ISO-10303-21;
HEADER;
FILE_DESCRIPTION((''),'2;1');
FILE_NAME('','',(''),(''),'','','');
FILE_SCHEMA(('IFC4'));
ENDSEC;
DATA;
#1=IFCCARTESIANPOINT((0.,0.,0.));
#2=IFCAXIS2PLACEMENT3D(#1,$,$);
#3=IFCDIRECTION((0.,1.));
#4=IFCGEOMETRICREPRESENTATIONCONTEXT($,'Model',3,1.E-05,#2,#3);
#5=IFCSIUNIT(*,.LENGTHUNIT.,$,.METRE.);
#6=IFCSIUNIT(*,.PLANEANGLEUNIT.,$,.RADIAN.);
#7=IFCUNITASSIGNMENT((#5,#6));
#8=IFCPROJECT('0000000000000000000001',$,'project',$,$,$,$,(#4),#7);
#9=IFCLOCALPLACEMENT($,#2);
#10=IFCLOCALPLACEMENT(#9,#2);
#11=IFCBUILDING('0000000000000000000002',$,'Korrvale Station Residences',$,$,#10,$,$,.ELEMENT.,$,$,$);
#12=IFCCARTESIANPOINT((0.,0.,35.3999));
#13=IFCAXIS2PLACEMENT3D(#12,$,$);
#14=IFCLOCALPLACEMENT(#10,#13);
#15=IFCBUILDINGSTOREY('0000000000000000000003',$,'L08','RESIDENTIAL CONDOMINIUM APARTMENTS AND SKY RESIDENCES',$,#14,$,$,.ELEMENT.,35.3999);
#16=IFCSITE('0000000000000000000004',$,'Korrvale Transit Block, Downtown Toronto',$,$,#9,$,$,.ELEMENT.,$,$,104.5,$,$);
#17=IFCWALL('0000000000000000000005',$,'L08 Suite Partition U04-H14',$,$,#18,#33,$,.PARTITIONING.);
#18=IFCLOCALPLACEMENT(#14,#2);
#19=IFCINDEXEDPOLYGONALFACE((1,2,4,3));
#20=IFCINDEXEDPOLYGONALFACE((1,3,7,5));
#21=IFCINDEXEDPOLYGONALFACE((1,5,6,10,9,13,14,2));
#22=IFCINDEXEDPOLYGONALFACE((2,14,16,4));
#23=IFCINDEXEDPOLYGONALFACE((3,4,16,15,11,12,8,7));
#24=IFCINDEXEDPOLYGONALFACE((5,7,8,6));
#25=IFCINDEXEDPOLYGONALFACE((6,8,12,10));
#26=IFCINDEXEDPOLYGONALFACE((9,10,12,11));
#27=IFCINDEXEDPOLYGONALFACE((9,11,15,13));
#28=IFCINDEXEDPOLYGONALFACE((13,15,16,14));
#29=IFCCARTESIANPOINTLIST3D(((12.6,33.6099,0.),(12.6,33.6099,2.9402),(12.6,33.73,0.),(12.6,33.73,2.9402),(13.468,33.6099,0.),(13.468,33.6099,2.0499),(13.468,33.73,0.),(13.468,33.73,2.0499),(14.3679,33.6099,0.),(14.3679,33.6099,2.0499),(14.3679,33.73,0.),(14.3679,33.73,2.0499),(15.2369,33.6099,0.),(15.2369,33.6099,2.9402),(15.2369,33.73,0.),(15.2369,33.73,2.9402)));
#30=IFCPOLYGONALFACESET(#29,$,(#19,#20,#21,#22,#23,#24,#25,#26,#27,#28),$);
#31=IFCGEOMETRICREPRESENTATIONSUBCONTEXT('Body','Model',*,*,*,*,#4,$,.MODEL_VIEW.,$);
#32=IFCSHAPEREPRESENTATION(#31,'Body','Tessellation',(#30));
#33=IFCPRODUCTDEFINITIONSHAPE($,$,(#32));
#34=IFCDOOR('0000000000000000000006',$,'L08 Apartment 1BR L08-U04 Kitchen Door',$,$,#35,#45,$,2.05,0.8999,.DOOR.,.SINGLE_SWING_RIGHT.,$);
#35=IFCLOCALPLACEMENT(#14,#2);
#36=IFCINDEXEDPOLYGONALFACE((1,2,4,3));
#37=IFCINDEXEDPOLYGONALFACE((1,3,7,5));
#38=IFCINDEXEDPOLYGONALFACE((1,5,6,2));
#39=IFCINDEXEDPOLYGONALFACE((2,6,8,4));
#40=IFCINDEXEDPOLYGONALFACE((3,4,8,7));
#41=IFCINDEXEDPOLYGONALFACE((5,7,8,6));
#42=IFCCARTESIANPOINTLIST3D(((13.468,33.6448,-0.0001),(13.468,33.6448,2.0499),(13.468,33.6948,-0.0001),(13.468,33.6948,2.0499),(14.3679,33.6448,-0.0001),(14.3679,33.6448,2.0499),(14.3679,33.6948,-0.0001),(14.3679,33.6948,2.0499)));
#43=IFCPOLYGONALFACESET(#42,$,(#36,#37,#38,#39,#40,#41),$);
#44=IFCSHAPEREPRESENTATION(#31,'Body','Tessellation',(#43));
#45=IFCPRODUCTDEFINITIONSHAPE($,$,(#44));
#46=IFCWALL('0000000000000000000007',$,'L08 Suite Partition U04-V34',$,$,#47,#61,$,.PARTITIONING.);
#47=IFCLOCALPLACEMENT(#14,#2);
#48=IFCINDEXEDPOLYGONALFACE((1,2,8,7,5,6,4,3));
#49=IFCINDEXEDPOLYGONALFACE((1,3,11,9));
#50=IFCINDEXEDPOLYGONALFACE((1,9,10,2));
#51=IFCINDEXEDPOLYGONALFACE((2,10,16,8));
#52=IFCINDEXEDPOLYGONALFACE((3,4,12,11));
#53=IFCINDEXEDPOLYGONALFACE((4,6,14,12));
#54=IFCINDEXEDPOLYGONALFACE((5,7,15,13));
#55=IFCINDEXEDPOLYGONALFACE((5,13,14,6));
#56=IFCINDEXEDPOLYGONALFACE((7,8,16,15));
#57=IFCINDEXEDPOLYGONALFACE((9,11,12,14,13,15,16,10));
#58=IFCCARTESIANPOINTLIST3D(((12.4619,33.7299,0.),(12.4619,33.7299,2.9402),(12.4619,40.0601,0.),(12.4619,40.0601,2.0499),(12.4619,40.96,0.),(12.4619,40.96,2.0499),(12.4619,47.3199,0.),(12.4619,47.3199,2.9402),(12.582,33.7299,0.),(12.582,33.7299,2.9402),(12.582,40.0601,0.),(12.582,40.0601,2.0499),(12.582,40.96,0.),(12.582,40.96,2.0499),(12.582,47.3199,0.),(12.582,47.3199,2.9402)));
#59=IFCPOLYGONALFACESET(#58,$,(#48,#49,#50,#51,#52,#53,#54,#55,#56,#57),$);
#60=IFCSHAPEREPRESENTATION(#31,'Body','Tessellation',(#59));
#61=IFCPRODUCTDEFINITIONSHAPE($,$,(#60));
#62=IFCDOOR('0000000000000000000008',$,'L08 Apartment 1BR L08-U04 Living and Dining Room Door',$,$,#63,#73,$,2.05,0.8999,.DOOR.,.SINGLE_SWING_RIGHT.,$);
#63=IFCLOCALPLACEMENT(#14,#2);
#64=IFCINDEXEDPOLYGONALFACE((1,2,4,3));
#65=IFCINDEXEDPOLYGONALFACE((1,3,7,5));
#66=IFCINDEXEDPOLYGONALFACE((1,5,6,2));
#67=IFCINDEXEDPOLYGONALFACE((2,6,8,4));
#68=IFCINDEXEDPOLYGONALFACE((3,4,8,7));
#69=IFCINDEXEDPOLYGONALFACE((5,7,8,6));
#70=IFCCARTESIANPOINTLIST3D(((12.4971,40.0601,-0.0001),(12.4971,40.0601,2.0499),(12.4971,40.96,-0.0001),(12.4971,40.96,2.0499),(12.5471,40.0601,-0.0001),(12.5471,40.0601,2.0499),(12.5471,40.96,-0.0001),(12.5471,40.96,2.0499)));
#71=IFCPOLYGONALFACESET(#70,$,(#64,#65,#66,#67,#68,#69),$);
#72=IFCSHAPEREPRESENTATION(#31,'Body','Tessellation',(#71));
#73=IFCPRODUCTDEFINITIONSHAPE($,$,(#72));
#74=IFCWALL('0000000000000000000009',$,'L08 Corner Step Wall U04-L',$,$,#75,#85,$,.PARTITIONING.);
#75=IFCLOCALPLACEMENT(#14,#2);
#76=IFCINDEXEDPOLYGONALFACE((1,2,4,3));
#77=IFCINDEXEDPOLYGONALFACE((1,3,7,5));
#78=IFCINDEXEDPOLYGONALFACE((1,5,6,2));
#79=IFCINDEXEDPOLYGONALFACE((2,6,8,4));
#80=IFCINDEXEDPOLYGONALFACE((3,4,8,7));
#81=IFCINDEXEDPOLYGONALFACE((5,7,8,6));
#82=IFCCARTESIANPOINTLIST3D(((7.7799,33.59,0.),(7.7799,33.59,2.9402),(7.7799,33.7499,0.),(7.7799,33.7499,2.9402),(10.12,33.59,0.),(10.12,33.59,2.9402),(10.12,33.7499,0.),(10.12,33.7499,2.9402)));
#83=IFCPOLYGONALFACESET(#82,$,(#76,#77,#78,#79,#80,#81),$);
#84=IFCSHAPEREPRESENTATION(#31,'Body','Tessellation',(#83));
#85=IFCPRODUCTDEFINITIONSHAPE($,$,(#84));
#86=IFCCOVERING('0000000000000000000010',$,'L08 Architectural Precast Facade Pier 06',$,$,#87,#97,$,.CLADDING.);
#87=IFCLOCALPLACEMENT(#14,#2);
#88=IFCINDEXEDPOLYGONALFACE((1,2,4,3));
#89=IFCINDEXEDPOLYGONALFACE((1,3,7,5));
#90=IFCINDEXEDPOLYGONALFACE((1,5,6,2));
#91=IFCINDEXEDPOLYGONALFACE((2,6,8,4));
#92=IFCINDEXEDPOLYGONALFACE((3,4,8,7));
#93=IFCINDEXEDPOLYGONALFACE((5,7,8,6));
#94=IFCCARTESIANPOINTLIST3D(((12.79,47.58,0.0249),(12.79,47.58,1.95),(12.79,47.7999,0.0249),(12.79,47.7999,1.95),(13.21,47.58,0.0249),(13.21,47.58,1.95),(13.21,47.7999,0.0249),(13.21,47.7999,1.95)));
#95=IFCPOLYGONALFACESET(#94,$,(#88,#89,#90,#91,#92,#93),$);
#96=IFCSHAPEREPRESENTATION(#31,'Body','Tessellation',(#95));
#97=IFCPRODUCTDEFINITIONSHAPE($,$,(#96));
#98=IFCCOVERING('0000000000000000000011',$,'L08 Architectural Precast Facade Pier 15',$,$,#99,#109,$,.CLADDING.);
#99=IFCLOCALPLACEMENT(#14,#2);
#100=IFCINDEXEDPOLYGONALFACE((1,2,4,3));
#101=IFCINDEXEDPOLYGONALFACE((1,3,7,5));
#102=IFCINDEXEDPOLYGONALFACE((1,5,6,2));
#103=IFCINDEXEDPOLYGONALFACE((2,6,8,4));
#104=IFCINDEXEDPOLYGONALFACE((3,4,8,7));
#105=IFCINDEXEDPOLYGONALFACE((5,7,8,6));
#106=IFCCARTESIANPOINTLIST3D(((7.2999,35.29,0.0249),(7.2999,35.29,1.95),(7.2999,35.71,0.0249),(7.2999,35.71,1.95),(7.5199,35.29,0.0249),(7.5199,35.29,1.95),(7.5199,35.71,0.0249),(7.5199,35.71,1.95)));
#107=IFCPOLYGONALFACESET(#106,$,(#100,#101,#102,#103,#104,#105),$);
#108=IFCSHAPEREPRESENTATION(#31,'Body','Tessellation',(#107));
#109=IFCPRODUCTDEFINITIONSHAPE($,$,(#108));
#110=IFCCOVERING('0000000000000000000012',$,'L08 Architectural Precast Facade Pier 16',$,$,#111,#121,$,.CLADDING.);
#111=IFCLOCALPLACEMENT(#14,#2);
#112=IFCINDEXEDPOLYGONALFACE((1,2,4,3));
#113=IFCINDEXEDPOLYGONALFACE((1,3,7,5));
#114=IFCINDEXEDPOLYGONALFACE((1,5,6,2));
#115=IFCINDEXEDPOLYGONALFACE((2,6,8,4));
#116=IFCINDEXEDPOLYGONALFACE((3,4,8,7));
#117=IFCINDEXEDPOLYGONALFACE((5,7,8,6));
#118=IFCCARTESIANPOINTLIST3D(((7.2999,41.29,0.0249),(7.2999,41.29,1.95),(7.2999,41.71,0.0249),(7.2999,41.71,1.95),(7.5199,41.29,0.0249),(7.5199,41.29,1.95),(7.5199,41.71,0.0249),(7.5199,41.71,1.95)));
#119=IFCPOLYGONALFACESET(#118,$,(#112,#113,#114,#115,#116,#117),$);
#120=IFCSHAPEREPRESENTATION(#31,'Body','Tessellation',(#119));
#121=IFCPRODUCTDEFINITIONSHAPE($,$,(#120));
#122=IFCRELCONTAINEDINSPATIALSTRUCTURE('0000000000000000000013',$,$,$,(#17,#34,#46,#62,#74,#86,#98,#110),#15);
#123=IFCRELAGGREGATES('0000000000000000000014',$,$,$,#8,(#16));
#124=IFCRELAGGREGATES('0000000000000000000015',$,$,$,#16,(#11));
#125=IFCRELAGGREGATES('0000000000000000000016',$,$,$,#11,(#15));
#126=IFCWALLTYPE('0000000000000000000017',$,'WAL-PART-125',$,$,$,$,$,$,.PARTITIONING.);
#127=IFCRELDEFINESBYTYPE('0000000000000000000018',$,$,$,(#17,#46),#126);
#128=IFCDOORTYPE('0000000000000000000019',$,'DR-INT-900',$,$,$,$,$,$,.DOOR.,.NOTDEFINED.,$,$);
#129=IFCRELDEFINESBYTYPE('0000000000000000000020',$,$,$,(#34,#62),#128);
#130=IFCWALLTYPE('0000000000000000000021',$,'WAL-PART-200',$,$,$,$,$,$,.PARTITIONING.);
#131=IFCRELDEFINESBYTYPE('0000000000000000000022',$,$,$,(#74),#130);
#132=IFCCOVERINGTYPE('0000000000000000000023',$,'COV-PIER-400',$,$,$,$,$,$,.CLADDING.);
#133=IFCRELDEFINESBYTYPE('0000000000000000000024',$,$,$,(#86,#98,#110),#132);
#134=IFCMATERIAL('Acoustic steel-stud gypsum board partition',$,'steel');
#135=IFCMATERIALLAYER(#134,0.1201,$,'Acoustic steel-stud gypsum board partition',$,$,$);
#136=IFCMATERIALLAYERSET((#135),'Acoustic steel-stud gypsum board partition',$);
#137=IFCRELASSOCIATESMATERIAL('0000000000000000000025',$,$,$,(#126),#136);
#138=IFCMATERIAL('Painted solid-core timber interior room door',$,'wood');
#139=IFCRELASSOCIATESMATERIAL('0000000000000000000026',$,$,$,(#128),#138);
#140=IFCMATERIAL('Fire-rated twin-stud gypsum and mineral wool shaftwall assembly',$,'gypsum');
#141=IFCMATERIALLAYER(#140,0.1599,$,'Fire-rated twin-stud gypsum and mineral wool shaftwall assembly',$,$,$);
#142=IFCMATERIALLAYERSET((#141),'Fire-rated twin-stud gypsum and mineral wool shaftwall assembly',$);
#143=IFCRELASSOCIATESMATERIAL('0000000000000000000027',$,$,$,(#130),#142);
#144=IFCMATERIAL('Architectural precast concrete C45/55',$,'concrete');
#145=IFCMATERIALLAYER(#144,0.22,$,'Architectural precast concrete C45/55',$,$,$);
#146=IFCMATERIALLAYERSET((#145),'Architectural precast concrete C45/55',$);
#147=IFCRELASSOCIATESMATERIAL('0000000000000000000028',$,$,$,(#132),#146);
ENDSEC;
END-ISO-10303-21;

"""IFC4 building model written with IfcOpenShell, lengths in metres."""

from ifc_helpers import new_model, si_unit, direction, frame, frame_2d, origin, origin_2d, place, context, subcontext, project, spatial, rectangle, extrude, material, layer, layer_set, type_object, element, fill, save


model = new_model("IFC4")

# Units and contexts
model_context = context("Model", 3, precision=1e-05, world=origin(), true_north=direction((0.0, 1.0)))
body_context = subcontext(model_context, "Body", "Model", "MODEL_VIEW")
ifc_project = project(units=[si_unit("LENGTHUNIT", "METRE"), si_unit("PLANEANGLEUNIT", "RADIAN")], contexts=[model_context])

# Site, building, storey
site_placement = place(None, origin())
site = spatial("IfcSite", under=ifc_project, at=site_placement, Name="Korrvale Transit Block, Downtown Toronto", CompositionType="ELEMENT", RefElevation=104.5)
building_placement = place(site_placement, origin())
building = spatial("IfcBuilding", under=site, at=building_placement, Name="Korrvale Station Residences", CompositionType="ELEMENT")
storey_placement = place(building_placement, frame((0.0, 0.0, 35.3999)))
storey = spatial("IfcBuildingStorey", under=building, at=storey_placement, Name="L08", Description="RESIDENTIAL CONDOMINIUM APARTMENTS AND SKY RESIDENCES", CompositionType="ELEMENT", Elevation=35.3999)

# Shared definitions
ifc_material_1 = material(Name="Acoustic steel-stud gypsum board partition", Category="steel")
ifc_layer_1 = layer(ifc_material_1, 0.1201, Name="Acoustic steel-stud gypsum board partition")
ifc_layer_set_1 = layer_set([ifc_layer_1], Name="Acoustic steel-stud gypsum board partition")
wall_type_1 = type_object("IfcWallType", Name="WAL-PART-125", PredefinedType="PARTITIONING", material=ifc_layer_set_1)

# Walls, openings, doors
wall_1_placement = place(storey_placement, frame((12.6001, 33.6699, 0.0), z_axis=(0.0, 0.0, 1.0), x_axis=(1.0, 0.0, 0.0)))
wall_1 = element("IfcWall", 1, at=wall_1_placement, inside=storey, type_object=wall_type_1, Name="L08 Suite Partition U04-H14", PredefinedType="PARTITIONING", context=body_context, shape_type="SweptSolid", body=[
    extrude(rectangle(XDim=2.637, YDim=0.1201, at=frame_2d((1.3184, 0.0))), origin(), (0.0, 0.0, 1.0), 2.9402),
])
opening_1_placement = place(wall_1_placement, frame((0.8679, 0.0, 0.0)))
opening_1 = element("IfcOpeningElement", 2, at=opening_1_placement, cuts=wall_1, PredefinedType="OPENING", context=body_context, shape_type="SweptSolid", body=[
    extrude(rectangle(XDim=0.8999, YDim=2.05, at=frame_2d((0.45, 1.0249))), frame((0.0, 0.0701, 0.0), z_axis=(0.0, -1.0, 0.0), x_axis=(1.0, 0.0, 0.0)), (0.0, 0.0, 1.0), 0.1401),
])
ifc_material_2 = material(Name="Painted solid-core timber interior room door", Category="wood")
door_type = type_object("IfcDoorType", Name="DR-INT-900", OperationType="NOTDEFINED", PredefinedType="DOOR", material=ifc_material_2)
door_1_placement = place(opening_1_placement, origin())
door_1 = element("IfcDoor", 3, at=door_1_placement, inside=storey, type_object=door_type, Name="L08 Apartment 1BR L08-U04 Kitchen Door", OperationType="SINGLE_SWING_RIGHT", OverallHeight=2.05, OverallWidth=0.8999, PredefinedType="DOOR", context=body_context, shape_type="SweptSolid", body=[
    extrude(rectangle(XDim=0.8999, YDim=2.05, at=frame_2d((0.45, 1.0249))), frame((0.0, 0.0249, 0.0), z_axis=(0.0, -1.0, 0.0), x_axis=(1.0, 0.0, 0.0)), (0.0, 0.0, 1.0), 0.05),
])
fill(opening_1, door_1)
wall_2_placement = place(storey_placement, frame((12.522, 33.73, 0.0), z_axis=(0.0, 0.0, 1.0), x_axis=(0.0, 1.0, 0.0)))
wall_2 = element("IfcWall", 4, at=wall_2_placement, inside=storey, type_object=wall_type_1, Name="L08 Suite Partition U04-V34", PredefinedType="PARTITIONING", context=body_context, shape_type="SweptSolid", body=[
    extrude(rectangle(XDim=13.5901, YDim=0.1201, at=frame_2d((6.7949, 0.0))), origin(), (0.0, 0.0, 1.0), 2.9402),
])
opening_2_placement = place(wall_2_placement, frame((6.3301, 0.0, 0.0)))
opening_2 = element("IfcOpeningElement", 5, at=opening_2_placement, cuts=wall_2, PredefinedType="OPENING", context=body_context, shape_type="SweptSolid", body=[
    extrude(rectangle(XDim=0.8999, YDim=2.05, at=frame_2d((0.45, 1.0249))), frame((0.0, 0.0701, 0.0), z_axis=(0.0, -1.0, 0.0), x_axis=(1.0, 0.0, 0.0)), (0.0, 0.0, 1.0), 0.1401),
])
door_2_placement = place(opening_2_placement, origin())
door_2 = element("IfcDoor", 6, at=door_2_placement, inside=storey, type_object=door_type, Name="L08 Apartment 1BR L08-U04 Living and Dining Room Door", OperationType="SINGLE_SWING_RIGHT", OverallHeight=2.05, OverallWidth=0.8999, PredefinedType="DOOR", context=body_context, shape_type="SweptSolid", body=[
    extrude(rectangle(XDim=0.8999, YDim=2.05, at=frame_2d((0.45, 1.0249))), frame((0.0, 0.0249, 0.0), z_axis=(0.0, -1.0, 0.0), x_axis=(1.0, 0.0, 0.0)), (0.0, 0.0, 1.0), 0.05),
])
fill(opening_2, door_2)

# Wall
ifc_material_3 = material(Name="Fire-rated twin-stud gypsum and mineral wool shaftwall assembly", Category="gypsum")
ifc_layer_2 = layer(ifc_material_3, 0.1599, Name="Fire-rated twin-stud gypsum and mineral wool shaftwall assembly")
ifc_layer_set_2 = layer_set([ifc_layer_2], Name="Fire-rated twin-stud gypsum and mineral wool shaftwall assembly")
wall_type_2 = type_object("IfcWallType", Name="WAL-PART-200", PredefinedType="PARTITIONING", material=ifc_layer_set_2)
wall_3_placement = place(storey_placement, frame((7.78, 33.6699, 0.0), z_axis=(0.0, 0.0, 1.0), x_axis=(1.0, 0.0, 0.0)))
element("IfcWall", 7, at=wall_3_placement, inside=storey, type_object=wall_type_2, Name="L08 Corner Step Wall U04-L", PredefinedType="PARTITIONING", context=body_context, shape_type="SweptSolid", body=[
    extrude(rectangle(XDim=2.3401, YDim=0.1599, at=frame_2d((1.1699, 0.0))), origin(), (0.0, 0.0, 1.0), 2.9402),
])

# Coverings
ifc_material_4 = material(Name="Architectural precast concrete C45/55", Category="concrete")
ifc_layer_3 = layer(ifc_material_4, 0.22, Name="Architectural precast concrete C45/55")
ifc_layer_set_3 = layer_set([ifc_layer_3], Name="Architectural precast concrete C45/55")
covering_type = type_object("IfcCoveringType", Name="COV-PIER-400", PredefinedType="CLADDING", material=ifc_layer_set_3)
for number, where, z_axis, x_axis, name in (
    (8, (13.0, 47.6899, 0.0249), (0.0, 0.0, 1.0), (1.0, 0.0, 0.0), "L08 Architectural Precast Facade Pier 06"),
    (9, (7.4099, 35.5, 0.0249), (0.0, 0.0, 1.0), (0.0, 1.0, 0.0), "L08 Architectural Precast Facade Pier 15"),
    (10, (7.4099, 41.5, 0.0249), (0.0, 0.0, 1.0), (0.0, 1.0, 0.0), "L08 Architectural Precast Facade Pier 16"),
):
    element("IfcCovering", number, at=place(storey_placement, frame(where, z_axis=z_axis, x_axis=x_axis)), inside=storey, type_object=covering_type, Name=name, PredefinedType="CLADDING", context=body_context, shape_type="SweptSolid", body=[
        extrude(rectangle(XDim=0.4199, YDim=0.22, at=origin_2d()), origin(), (0.0, 0.0, 1.0), 1.925),
    ])

save(model, "model.ifc")
